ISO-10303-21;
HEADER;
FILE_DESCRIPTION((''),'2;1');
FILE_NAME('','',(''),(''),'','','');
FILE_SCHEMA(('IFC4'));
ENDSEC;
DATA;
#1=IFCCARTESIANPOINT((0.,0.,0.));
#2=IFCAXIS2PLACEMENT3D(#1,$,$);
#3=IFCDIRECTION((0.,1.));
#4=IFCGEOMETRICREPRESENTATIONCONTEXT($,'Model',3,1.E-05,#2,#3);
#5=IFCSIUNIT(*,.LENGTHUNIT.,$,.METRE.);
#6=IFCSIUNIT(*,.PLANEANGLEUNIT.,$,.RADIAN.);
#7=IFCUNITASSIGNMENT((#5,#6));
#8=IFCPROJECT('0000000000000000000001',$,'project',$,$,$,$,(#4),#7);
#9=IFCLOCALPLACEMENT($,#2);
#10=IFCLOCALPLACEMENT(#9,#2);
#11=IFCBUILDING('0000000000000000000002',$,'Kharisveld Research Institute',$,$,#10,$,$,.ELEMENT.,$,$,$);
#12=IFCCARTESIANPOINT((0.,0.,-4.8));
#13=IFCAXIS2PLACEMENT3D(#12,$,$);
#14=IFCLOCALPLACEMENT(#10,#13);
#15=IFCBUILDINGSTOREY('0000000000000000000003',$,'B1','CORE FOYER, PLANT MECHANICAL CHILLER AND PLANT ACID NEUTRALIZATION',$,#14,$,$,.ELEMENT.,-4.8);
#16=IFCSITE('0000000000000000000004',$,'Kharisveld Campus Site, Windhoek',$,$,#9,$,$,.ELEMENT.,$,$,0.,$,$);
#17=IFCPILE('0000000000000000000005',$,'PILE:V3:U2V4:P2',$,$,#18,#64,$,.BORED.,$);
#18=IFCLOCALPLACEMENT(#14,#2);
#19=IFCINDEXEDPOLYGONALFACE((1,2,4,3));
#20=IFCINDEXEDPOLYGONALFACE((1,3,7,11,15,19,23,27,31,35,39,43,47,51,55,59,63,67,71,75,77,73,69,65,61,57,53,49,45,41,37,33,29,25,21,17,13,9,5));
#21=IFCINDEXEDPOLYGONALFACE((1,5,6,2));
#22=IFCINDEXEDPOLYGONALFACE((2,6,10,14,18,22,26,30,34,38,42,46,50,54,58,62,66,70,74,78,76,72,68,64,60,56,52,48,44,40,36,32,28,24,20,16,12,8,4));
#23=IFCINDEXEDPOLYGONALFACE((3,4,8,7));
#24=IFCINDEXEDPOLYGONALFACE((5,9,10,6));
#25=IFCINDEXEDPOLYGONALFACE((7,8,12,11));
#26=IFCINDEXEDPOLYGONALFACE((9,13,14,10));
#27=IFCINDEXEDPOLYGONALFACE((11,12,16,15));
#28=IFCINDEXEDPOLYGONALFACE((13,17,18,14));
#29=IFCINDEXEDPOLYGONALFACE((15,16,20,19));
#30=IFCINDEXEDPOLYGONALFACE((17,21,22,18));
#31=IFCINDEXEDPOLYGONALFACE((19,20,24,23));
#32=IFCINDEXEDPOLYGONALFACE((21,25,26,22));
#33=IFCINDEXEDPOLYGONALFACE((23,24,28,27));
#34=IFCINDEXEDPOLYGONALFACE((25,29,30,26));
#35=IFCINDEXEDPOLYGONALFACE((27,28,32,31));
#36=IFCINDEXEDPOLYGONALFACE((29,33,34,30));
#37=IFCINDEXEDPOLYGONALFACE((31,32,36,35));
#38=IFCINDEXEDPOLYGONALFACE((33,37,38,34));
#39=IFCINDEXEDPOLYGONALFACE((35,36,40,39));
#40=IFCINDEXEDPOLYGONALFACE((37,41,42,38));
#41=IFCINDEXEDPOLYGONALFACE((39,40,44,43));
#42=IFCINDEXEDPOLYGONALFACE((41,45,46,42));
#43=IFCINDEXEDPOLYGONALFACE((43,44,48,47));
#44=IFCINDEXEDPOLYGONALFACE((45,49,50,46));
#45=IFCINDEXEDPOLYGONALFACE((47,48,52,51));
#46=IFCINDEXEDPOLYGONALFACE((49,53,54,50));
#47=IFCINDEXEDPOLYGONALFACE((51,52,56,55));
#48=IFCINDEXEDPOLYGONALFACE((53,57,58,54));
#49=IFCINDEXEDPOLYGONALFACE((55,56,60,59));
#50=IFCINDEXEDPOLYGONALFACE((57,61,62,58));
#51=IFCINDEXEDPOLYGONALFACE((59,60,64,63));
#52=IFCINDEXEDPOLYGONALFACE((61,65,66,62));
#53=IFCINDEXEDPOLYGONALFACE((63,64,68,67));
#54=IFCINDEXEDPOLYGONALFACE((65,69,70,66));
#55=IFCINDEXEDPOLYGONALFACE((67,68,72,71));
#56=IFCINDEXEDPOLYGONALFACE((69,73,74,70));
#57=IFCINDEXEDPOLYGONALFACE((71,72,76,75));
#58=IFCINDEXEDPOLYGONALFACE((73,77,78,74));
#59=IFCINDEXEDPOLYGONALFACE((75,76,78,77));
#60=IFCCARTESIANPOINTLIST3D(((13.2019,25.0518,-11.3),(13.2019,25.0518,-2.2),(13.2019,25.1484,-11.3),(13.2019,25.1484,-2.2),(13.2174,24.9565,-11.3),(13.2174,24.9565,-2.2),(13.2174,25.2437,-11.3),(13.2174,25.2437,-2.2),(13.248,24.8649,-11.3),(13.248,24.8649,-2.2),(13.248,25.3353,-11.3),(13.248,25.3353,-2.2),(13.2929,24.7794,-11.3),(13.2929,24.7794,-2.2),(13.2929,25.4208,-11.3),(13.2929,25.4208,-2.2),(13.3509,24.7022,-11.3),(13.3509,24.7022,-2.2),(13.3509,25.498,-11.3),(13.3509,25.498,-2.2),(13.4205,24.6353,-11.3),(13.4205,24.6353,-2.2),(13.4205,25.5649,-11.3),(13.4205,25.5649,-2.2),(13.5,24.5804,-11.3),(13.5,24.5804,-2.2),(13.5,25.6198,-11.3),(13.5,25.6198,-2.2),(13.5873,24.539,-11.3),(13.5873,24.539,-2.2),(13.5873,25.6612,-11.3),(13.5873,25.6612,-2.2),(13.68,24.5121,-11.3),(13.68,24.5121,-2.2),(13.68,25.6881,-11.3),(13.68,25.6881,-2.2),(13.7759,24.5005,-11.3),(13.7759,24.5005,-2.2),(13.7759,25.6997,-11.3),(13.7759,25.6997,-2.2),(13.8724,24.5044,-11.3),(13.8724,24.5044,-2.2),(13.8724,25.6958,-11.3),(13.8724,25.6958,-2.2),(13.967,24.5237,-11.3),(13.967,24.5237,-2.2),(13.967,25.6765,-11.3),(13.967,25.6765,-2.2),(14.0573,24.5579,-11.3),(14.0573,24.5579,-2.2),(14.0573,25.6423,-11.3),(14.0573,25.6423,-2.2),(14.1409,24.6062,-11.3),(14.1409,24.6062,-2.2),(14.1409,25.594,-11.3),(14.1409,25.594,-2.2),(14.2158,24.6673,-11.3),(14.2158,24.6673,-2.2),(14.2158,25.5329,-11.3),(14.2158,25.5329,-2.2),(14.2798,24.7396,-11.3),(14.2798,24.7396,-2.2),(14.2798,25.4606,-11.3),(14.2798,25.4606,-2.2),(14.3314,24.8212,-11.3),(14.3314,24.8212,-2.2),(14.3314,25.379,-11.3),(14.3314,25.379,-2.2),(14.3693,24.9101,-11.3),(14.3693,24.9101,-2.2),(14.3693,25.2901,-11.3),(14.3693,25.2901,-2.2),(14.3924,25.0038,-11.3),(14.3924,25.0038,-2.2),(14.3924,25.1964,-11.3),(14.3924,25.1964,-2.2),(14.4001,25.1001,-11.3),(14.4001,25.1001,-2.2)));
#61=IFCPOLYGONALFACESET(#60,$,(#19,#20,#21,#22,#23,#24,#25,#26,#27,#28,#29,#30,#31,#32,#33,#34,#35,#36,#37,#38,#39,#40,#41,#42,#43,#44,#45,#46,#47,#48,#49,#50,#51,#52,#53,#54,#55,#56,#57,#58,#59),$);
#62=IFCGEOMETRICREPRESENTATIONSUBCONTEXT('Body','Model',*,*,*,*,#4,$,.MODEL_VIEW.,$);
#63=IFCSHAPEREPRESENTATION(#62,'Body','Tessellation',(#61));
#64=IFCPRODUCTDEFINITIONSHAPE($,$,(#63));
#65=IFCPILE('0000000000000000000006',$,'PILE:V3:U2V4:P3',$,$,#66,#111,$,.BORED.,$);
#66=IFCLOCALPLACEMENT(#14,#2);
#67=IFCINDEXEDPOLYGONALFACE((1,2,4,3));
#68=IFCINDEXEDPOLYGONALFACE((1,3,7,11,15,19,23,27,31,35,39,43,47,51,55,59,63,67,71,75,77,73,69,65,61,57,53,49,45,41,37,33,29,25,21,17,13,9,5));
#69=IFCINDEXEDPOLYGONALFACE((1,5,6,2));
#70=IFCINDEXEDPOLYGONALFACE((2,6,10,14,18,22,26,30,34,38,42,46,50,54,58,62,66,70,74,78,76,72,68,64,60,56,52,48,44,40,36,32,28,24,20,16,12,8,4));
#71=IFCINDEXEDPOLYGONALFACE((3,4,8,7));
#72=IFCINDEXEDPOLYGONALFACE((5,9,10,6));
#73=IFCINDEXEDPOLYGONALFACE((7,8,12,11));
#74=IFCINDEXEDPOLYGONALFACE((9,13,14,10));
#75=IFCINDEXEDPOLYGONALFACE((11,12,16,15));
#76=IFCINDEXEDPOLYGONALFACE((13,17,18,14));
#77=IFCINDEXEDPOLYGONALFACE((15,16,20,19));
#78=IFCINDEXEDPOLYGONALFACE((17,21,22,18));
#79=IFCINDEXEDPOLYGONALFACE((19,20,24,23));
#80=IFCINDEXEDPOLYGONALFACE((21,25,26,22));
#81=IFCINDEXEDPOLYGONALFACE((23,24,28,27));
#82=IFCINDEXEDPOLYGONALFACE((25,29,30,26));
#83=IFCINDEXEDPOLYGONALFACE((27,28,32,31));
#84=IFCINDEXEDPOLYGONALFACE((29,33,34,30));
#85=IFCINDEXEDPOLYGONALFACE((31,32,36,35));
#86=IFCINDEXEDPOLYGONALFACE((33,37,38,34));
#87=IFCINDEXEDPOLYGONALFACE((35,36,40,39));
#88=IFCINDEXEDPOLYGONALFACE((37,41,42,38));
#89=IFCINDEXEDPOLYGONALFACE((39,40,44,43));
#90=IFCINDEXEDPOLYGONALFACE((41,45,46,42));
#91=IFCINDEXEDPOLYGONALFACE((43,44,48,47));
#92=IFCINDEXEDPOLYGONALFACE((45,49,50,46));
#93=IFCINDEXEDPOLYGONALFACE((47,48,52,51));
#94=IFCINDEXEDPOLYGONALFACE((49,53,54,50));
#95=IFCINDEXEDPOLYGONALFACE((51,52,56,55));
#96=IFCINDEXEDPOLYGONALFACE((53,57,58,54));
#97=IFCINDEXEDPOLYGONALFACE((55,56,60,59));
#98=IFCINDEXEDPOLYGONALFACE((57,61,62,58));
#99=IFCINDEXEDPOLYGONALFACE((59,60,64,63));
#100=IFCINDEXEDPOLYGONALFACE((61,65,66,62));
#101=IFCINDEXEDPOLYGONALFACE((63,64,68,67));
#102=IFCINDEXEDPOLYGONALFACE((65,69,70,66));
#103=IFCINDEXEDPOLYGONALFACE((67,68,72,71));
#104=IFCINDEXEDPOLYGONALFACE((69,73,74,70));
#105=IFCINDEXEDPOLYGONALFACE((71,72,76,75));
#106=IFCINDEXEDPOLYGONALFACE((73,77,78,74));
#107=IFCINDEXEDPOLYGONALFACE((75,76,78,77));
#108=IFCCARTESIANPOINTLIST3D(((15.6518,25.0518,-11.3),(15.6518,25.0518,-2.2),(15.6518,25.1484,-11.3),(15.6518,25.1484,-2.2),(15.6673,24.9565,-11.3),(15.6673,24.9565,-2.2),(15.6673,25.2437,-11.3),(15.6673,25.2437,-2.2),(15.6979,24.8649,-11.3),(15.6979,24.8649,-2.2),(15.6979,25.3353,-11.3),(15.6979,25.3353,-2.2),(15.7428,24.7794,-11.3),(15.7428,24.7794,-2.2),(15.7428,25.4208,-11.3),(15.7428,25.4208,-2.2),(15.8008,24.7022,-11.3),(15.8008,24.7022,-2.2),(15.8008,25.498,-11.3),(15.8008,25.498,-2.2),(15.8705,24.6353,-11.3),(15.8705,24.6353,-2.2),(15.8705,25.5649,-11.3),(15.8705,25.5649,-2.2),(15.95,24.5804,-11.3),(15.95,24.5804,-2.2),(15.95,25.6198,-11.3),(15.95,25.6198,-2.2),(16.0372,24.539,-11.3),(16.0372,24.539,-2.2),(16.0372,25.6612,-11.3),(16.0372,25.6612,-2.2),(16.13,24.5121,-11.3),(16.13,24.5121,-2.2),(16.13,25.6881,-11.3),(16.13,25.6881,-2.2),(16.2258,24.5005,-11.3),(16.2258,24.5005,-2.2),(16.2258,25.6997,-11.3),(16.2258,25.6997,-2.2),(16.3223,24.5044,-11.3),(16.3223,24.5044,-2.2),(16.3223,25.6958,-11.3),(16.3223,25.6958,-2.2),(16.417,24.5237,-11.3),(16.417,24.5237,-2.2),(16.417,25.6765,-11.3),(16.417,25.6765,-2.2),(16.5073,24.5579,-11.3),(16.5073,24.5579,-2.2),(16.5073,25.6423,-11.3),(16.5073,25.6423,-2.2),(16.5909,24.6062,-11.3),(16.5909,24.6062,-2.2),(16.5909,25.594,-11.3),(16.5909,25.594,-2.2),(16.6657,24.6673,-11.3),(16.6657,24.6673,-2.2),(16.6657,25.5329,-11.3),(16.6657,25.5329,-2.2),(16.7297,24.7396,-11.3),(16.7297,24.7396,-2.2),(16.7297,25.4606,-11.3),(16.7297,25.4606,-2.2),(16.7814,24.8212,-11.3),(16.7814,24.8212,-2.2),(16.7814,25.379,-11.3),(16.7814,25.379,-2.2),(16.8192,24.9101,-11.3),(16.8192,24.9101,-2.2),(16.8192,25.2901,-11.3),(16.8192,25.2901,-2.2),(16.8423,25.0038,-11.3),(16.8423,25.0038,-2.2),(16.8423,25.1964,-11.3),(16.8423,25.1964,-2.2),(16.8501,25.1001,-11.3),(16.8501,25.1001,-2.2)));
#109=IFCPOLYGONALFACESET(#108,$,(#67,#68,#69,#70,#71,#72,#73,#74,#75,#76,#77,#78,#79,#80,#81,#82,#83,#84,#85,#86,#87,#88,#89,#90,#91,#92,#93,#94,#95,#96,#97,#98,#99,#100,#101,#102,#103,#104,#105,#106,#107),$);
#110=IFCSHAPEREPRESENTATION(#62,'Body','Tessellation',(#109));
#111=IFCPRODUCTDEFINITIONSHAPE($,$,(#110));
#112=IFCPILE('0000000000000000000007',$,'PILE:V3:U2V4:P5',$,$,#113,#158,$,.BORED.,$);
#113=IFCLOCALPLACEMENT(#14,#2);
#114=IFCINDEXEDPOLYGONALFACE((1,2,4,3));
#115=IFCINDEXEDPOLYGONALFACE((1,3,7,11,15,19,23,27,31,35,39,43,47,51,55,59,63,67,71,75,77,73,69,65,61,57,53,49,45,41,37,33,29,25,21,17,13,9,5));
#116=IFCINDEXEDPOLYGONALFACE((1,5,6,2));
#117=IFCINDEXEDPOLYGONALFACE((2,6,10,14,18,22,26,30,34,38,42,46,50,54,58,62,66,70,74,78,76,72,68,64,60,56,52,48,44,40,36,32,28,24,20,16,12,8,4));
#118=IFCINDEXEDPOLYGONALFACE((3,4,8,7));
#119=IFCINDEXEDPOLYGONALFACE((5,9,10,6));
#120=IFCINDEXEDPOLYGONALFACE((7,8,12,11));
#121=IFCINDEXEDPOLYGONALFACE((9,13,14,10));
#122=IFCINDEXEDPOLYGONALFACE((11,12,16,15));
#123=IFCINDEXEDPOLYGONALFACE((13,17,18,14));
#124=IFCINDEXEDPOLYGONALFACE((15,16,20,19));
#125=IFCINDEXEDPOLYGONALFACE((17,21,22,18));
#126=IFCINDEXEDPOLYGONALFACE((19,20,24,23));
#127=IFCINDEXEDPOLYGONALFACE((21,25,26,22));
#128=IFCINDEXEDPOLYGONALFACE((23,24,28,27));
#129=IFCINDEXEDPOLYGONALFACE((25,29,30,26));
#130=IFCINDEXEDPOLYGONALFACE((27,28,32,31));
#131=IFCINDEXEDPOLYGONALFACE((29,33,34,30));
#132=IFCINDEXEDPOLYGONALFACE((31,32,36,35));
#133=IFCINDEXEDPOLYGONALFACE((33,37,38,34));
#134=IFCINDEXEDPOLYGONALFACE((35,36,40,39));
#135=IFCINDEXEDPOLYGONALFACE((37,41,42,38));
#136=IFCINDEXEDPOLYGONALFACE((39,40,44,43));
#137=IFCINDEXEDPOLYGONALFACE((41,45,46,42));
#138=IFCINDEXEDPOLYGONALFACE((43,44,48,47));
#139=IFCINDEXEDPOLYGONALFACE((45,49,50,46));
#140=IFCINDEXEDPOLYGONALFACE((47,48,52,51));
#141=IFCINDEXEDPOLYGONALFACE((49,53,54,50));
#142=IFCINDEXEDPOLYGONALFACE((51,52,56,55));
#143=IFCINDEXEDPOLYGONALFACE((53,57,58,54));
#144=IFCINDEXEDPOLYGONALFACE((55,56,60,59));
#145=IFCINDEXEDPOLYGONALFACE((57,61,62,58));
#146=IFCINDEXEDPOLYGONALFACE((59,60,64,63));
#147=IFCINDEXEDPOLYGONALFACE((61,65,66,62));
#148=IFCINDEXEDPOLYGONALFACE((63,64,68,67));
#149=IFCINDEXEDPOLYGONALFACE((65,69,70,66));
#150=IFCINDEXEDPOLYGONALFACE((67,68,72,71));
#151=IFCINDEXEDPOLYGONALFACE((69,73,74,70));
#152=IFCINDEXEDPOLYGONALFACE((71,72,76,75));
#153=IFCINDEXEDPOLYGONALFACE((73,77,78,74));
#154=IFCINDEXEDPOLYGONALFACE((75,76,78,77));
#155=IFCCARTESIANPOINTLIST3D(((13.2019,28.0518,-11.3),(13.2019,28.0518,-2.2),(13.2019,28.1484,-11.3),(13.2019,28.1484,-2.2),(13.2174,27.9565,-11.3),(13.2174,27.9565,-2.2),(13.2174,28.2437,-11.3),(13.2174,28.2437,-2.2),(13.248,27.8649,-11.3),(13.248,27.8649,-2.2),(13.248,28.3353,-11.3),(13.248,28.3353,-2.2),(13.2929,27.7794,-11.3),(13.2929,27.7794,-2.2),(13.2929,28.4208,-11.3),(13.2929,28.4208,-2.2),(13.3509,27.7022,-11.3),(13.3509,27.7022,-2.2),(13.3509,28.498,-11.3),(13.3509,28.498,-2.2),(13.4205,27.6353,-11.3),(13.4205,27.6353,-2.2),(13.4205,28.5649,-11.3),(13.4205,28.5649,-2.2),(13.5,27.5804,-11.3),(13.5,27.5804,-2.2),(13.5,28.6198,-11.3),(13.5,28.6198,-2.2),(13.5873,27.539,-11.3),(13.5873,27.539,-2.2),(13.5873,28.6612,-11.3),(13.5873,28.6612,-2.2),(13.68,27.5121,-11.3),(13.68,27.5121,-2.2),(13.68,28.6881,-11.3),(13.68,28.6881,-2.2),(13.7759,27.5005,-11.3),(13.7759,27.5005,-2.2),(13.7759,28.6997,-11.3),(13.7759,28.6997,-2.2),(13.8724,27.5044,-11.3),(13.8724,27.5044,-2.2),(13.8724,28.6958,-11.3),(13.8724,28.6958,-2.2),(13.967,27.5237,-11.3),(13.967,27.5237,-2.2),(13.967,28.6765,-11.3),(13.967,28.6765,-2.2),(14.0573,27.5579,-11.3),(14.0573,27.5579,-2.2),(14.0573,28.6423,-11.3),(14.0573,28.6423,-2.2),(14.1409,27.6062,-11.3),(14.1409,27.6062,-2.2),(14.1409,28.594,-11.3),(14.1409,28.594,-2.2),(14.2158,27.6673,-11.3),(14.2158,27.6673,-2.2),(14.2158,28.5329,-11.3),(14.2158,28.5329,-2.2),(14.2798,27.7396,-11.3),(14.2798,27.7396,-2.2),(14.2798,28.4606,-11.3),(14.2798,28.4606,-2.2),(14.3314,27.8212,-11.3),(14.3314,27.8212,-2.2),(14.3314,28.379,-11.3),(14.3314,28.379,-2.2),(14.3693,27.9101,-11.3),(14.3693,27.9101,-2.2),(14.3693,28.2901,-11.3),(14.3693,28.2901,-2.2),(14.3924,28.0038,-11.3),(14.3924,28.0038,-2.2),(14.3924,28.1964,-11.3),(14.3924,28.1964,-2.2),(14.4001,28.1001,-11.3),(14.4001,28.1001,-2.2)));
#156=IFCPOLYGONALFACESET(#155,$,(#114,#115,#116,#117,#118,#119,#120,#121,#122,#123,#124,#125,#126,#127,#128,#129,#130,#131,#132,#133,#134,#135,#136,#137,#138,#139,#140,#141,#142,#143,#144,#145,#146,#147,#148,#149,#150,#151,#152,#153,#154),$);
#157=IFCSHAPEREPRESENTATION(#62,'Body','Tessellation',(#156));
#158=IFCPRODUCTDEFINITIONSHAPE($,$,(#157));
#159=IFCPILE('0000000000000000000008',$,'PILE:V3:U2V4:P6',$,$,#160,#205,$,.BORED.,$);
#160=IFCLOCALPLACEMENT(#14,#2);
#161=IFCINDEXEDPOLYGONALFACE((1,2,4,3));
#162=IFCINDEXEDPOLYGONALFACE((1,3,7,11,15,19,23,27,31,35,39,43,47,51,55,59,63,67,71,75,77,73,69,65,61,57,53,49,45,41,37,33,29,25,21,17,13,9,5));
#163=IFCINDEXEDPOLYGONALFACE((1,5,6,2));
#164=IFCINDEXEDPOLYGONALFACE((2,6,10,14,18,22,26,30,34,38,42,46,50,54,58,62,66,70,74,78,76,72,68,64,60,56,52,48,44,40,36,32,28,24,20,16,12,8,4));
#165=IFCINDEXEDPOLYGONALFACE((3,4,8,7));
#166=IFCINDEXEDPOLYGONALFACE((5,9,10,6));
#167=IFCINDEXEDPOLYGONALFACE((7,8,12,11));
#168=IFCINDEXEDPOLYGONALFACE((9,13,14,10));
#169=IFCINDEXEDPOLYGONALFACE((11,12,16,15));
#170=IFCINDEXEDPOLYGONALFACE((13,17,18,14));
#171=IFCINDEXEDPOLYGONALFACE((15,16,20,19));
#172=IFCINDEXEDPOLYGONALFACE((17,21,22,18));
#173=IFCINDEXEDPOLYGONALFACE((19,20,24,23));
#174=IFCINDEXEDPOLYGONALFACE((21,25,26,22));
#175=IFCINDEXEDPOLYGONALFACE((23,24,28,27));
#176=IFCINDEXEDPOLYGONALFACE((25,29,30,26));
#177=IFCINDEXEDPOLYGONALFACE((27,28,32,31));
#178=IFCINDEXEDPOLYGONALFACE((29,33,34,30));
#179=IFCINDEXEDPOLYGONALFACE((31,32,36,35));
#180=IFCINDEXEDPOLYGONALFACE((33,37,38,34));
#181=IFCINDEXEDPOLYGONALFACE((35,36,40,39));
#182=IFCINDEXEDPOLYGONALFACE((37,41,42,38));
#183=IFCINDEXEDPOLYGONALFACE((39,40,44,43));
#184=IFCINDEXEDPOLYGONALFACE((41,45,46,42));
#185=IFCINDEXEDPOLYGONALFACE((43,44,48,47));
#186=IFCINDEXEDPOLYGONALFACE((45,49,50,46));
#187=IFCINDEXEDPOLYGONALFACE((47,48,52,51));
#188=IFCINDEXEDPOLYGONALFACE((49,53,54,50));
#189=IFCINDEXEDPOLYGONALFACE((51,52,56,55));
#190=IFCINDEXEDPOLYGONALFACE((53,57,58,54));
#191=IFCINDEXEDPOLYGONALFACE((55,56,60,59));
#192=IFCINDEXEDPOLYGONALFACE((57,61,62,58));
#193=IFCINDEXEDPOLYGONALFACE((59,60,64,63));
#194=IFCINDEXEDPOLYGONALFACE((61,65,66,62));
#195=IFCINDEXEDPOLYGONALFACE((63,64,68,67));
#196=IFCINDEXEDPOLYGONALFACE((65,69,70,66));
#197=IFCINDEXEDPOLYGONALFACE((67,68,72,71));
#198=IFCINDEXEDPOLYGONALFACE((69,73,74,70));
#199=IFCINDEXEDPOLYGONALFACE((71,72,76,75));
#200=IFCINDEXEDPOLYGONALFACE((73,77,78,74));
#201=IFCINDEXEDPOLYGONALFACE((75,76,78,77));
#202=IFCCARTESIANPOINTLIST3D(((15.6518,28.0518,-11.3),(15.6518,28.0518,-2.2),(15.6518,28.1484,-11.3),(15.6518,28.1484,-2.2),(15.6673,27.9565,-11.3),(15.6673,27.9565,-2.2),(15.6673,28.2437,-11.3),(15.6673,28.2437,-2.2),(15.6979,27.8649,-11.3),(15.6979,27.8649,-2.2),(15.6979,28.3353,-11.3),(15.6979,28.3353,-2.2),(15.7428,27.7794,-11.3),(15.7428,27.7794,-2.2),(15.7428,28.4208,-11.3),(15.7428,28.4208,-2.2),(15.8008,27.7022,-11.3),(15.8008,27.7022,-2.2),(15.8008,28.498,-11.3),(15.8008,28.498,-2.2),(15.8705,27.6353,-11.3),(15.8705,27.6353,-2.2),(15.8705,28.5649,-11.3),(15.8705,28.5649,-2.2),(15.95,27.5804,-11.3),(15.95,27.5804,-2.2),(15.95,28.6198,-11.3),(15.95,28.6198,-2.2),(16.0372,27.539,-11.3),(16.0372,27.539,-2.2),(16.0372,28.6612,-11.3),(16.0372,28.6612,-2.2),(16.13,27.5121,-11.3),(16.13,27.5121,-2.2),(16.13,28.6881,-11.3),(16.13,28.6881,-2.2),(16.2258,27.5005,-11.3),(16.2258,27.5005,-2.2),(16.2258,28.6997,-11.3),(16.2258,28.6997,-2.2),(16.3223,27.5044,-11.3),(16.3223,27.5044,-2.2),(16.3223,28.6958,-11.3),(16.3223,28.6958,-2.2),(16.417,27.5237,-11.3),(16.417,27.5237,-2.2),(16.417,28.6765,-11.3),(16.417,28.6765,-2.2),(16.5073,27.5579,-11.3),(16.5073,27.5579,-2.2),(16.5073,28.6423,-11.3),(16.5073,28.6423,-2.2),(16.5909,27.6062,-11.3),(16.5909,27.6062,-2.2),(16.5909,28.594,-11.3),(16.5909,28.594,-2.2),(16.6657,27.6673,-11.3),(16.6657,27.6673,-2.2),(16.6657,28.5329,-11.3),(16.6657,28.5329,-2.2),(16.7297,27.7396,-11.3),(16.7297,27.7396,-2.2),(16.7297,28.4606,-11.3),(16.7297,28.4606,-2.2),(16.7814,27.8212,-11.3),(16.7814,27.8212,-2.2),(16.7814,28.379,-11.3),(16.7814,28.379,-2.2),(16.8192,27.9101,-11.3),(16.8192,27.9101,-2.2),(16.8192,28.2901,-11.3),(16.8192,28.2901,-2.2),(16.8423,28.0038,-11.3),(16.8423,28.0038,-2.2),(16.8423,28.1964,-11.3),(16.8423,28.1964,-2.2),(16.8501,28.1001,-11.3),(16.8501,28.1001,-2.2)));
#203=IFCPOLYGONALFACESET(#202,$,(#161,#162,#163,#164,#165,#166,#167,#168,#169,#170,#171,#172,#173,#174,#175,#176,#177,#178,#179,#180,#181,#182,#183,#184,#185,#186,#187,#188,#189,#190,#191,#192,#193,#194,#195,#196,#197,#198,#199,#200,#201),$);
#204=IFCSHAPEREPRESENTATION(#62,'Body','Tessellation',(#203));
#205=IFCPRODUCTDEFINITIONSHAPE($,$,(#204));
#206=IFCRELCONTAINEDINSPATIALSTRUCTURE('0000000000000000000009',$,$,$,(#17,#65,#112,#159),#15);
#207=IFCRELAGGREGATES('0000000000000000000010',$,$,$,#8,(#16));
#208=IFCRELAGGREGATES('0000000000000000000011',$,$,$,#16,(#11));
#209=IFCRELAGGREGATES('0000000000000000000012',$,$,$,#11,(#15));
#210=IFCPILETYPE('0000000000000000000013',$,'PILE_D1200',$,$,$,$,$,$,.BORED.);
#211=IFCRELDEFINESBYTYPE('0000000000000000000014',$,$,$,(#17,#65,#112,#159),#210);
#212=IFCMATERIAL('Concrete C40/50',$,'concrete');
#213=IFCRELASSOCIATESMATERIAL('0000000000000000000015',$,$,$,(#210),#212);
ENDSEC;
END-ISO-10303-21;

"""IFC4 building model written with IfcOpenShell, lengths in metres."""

from ifc_helpers import new_model, si_unit, direction, frame, origin, origin_2d, place, context, subcontext, project, spatial, circle, extrude, material, material_profile, profile_set, type_object, element, save


model = new_model("IFC4")

# Units and contexts
model_context = context("Model", 3, precision=1e-05, world=origin(), true_north=direction((0.0, 1.0)))
body_context = subcontext(model_context, "Body", "Model", "MODEL_VIEW")
ifc_project = project(units=[si_unit("LENGTHUNIT", "METRE"), si_unit("PLANEANGLEUNIT", "RADIAN")], contexts=[model_context])

# Site, building, storey
site_placement = place(None, origin())
site = spatial("IfcSite", under=ifc_project, at=site_placement, Name="Kharisveld Campus Site, Windhoek", CompositionType="ELEMENT", RefElevation=0.0)
building_placement = place(site_placement, origin())
building = spatial("IfcBuilding", under=site, at=building_placement, Name="Kharisveld Research Institute", CompositionType="ELEMENT")
storey_placement = place(building_placement, frame((0.0, 0.0, -4.8)))
storey = spatial("IfcBuildingStorey", under=building, at=storey_placement, Name="B1", Description="CORE FOYER, PLANT MECHANICAL CHILLER AND PLANT ACID NEUTRALIZATION", CompositionType="ELEMENT", Elevation=-4.8)

# Piles
ifc_material_1 = material(Name="Concrete C40/50", Category="concrete")
ifc_material_profile_1 = material_profile(ifc_material_1, circle(Radius=0.6001, at=origin_2d()))
ifc_profile_set_1 = profile_set([ifc_material_profile_1], Name="Concrete C40/50")
pile_type_1 = type_object("IfcPileType", Name="PILE_D1200", PredefinedType="BORED", material=ifc_profile_set_1)
for number, where, z_axis, x_axis, name in (
    (1, (13.8, 25.1001, -2.2), (0.0, 0.0, -1.0), (1.0, 0.0, 0.0), "PILE:V3:U2V4:P2"),
    (2, (16.25, 25.1001, -2.2), (0.0, 0.0, -1.0), (1.0, 0.0, 0.0), "PILE:V3:U2V4:P3"),
    (3, (13.8, 28.1001, -2.2), (0.0, 0.0, -1.0), (1.0, 0.0, 0.0), "PILE:V3:U2V4:P5"),
    (4, (16.25, 28.1001, -2.2), (0.0, 0.0, -1.0), (1.0, 0.0, 0.0), "PILE:V3:U2V4:P6"),
):
    element("IfcPile", number, at=place(storey_placement, frame(where, z_axis=z_axis, x_axis=x_axis)), inside=storey, type_object=pile_type_1, Name=name, PredefinedType="BORED", context=body_context, shape_type="SweptSolid", body=[
        extrude(circle(Radius=0.6001, at=origin_2d()), origin(), (0.0, 0.0, 1.0), 9.1001),
    ])

save(model, "model.ifc")
